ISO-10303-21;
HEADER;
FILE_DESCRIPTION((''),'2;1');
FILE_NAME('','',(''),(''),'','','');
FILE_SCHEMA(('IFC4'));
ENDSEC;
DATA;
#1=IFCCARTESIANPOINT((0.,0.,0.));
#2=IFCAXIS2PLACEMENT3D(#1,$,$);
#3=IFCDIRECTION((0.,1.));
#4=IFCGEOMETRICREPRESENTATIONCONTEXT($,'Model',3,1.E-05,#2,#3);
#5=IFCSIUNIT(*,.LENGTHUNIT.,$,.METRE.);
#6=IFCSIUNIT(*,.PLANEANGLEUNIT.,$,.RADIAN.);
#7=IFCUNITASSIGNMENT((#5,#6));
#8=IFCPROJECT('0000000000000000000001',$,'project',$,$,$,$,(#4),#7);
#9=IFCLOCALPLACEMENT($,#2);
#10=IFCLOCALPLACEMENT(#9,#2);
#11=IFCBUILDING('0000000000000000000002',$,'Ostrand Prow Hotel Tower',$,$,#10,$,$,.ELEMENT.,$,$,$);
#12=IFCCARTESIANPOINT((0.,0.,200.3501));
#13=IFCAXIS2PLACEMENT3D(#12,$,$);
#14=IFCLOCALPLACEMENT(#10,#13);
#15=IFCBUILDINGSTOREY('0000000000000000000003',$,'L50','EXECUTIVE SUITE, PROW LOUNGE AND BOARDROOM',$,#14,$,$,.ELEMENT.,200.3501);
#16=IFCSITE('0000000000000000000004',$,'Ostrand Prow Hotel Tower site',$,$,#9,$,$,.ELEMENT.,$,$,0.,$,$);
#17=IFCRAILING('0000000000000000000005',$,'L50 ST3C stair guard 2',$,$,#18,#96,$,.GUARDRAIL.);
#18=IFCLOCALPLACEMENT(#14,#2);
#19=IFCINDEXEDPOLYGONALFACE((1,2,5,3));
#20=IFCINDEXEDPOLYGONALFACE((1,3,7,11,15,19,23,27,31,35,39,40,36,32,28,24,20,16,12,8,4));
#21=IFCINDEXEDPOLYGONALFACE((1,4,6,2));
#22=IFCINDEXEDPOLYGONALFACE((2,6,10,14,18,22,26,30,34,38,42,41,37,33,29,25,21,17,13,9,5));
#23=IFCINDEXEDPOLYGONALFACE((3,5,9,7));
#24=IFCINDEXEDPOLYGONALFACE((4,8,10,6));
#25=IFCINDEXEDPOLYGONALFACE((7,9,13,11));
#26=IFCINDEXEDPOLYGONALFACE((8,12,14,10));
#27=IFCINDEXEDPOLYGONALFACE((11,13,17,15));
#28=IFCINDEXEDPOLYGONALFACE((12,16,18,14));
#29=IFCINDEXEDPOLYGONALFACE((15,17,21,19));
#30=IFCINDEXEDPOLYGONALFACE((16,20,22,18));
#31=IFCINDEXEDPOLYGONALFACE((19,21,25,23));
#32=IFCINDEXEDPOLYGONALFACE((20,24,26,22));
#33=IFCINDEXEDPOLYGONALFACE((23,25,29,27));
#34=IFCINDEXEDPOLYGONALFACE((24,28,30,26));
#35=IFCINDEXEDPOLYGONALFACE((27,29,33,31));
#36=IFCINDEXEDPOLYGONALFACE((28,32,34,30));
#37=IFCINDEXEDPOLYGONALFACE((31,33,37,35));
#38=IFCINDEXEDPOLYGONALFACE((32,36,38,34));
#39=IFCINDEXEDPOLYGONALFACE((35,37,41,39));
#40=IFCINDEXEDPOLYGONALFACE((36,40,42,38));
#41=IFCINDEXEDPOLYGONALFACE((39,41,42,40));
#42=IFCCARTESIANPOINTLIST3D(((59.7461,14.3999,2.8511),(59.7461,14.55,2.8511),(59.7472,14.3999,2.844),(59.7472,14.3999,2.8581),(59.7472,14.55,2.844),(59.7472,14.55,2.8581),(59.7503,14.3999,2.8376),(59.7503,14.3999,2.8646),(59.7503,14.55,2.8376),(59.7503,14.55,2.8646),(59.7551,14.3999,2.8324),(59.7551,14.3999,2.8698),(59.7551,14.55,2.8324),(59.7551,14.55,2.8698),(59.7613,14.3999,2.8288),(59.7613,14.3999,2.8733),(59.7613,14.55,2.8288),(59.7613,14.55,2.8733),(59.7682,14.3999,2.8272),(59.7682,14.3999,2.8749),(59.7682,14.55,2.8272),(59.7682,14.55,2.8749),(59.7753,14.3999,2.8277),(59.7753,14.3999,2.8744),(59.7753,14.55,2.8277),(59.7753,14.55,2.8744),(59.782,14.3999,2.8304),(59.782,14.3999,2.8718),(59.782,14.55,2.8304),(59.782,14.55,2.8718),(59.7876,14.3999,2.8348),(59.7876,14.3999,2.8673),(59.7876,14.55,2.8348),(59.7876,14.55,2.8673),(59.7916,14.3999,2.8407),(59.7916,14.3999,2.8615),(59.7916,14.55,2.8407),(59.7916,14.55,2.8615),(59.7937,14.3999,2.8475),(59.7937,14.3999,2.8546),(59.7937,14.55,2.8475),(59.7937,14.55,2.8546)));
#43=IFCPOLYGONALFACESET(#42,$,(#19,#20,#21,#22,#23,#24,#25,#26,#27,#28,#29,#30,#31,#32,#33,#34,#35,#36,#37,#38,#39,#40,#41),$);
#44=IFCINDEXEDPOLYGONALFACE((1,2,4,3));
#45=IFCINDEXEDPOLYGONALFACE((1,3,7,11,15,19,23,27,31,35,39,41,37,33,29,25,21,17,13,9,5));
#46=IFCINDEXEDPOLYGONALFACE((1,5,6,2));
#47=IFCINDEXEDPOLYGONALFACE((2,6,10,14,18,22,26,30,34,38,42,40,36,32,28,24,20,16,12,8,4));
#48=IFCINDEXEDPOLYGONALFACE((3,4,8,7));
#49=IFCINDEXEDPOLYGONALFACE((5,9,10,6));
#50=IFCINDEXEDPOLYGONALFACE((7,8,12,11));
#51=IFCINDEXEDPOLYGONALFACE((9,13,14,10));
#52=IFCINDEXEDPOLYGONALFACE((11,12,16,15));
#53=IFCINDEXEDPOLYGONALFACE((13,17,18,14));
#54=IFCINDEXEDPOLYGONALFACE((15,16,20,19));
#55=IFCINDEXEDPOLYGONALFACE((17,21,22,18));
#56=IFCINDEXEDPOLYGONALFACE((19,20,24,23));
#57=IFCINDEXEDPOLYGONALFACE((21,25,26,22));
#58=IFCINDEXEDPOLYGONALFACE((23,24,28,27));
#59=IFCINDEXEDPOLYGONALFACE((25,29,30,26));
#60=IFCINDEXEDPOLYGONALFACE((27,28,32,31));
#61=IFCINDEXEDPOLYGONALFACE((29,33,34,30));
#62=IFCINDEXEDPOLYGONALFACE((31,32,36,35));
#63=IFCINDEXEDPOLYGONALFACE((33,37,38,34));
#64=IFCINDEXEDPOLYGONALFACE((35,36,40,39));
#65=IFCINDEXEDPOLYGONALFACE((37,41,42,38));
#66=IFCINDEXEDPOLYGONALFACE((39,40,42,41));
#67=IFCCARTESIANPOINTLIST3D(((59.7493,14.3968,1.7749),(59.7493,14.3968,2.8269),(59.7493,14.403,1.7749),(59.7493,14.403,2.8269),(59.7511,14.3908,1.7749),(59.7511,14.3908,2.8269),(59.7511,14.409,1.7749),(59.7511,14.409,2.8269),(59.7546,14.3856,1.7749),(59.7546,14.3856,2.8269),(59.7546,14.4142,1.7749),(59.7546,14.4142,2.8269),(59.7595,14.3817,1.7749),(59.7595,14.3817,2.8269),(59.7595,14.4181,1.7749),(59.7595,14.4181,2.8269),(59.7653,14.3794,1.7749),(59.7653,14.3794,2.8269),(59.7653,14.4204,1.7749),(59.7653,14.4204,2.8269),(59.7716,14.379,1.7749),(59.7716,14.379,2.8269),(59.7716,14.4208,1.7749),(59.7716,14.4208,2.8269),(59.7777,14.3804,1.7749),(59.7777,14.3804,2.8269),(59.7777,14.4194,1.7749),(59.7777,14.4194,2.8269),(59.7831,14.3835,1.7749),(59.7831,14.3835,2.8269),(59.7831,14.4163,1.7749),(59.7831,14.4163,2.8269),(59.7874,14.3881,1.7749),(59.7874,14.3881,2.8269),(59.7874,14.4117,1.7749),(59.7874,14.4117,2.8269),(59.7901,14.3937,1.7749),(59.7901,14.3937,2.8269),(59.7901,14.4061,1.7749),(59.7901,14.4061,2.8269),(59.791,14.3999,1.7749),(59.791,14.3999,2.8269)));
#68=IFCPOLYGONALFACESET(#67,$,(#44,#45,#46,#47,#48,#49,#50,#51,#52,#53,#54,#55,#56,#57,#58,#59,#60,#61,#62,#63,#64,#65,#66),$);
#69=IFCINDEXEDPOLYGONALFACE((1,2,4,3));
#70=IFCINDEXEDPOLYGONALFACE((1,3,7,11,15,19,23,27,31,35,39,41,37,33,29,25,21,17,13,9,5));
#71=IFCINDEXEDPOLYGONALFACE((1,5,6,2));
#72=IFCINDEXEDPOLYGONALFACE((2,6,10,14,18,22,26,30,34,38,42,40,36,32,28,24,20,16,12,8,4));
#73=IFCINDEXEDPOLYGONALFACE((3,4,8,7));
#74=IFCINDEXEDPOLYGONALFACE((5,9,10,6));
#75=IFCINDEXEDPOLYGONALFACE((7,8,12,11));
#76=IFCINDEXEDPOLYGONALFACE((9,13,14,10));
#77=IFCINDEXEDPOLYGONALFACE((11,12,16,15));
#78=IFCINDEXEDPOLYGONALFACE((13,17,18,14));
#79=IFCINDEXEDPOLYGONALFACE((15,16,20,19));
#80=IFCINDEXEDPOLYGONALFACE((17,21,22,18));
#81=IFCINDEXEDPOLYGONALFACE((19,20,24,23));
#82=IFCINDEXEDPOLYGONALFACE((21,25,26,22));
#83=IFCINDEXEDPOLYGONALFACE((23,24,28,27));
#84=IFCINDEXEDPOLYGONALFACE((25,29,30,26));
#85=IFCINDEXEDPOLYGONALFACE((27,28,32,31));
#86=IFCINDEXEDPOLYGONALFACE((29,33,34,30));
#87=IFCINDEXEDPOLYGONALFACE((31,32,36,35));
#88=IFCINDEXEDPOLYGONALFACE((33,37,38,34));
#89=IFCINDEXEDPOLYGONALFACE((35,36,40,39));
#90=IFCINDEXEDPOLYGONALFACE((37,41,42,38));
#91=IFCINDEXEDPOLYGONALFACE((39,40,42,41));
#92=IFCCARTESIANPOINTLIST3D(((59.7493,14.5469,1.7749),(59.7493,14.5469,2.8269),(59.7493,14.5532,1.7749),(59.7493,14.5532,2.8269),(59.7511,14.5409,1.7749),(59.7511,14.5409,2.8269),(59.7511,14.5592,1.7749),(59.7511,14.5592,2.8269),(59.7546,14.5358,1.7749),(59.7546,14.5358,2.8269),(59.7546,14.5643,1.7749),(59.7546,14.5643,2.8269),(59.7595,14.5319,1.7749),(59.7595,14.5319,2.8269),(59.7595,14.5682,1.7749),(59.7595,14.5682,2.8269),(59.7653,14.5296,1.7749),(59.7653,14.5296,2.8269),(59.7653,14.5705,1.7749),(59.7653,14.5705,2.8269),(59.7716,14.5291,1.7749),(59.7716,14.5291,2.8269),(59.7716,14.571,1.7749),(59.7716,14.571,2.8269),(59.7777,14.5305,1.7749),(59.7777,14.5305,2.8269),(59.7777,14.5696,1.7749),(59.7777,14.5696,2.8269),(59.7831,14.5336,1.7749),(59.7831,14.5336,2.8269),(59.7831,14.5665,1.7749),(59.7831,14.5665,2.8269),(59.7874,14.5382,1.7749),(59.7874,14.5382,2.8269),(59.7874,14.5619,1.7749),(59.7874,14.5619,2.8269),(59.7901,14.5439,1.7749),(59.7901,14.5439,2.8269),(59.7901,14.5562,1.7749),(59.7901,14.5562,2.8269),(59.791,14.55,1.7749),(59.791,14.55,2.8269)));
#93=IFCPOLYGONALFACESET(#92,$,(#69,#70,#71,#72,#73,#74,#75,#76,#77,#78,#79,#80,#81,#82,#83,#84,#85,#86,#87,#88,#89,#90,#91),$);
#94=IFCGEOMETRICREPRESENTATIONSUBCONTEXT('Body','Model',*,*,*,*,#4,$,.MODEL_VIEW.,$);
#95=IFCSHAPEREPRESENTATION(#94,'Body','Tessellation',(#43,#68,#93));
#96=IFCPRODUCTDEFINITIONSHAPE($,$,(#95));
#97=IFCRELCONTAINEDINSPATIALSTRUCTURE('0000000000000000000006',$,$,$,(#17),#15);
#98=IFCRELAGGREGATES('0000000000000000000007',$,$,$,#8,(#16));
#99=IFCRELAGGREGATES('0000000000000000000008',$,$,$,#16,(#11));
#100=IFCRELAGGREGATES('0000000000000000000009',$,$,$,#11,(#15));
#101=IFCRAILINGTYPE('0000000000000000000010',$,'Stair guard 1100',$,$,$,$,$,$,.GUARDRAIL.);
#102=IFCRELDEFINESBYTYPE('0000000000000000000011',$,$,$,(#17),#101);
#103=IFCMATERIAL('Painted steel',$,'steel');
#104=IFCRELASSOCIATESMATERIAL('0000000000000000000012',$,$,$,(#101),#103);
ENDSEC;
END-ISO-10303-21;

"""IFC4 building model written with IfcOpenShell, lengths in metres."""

from ifc_helpers import new_model, si_unit, direction, frame, origin, origin_2d, place, context, subcontext, project, spatial, circle, extrude, material, type_object, element, save


model = new_model("IFC4")

# Units and contexts
model_context = context("Model", 3, precision=1e-05, world=origin(), true_north=direction((0.0, 1.0)))
body_context = subcontext(model_context, "Body", "Model", "MODEL_VIEW")
ifc_project = project(units=[si_unit("LENGTHUNIT", "METRE"), si_unit("PLANEANGLEUNIT", "RADIAN")], contexts=[model_context])

# Site, building, storey
site_placement = place(None, origin())
site = spatial("IfcSite", under=ifc_project, at=site_placement, Name="Ostrand Prow Hotel Tower site", CompositionType="ELEMENT", RefElevation=0.0)
building_placement = place(site_placement, origin())
building = spatial("IfcBuilding", under=site, at=building_placement, Name="Ostrand Prow Hotel Tower", CompositionType="ELEMENT")
storey_placement = place(building_placement, frame((0.0, 0.0, 200.3501)))
storey = spatial("IfcBuildingStorey", under=building, at=storey_placement, Name="L50", Description="EXECUTIVE SUITE, PROW LOUNGE AND BOARDROOM", CompositionType="ELEMENT", Elevation=200.3501)

# Railing
ifc_material_1 = material(Name="Painted steel", Category="steel")
railing_type_1 = type_object("IfcRailingType", Name="Stair guard 1100", PredefinedType="GUARDRAIL", material=ifc_material_1)
railing_1_placement = place(storey_placement, frame((59.77, 14.3999, 1.7749)))
element("IfcRailing", 1, at=railing_1_placement, inside=storey, type_object=railing_type_1, Name="L50 ST3C stair guard 2", PredefinedType="GUARDRAIL", context=body_context, shape_type="SweptSolid", body=[
    extrude(circle(Radius=0.0239, at=origin_2d()), frame((0.0, 0.0, 1.0762), z_axis=(0.0, 1.0, 0.0), x_axis=(-1.0, 0.0, 0.0)), (0.0, 0.0, 1.0), 0.1501),
    extrude(circle(Radius=0.021, at=origin_2d()), origin(), (0.0, 0.0, 1.0), 1.052),
    extrude(circle(Radius=0.021, at=origin_2d()), frame((0.0, 0.1501, 0.0)), (0.0, 0.0, 1.0), 1.052),
])

save(model, "model.ifc")
